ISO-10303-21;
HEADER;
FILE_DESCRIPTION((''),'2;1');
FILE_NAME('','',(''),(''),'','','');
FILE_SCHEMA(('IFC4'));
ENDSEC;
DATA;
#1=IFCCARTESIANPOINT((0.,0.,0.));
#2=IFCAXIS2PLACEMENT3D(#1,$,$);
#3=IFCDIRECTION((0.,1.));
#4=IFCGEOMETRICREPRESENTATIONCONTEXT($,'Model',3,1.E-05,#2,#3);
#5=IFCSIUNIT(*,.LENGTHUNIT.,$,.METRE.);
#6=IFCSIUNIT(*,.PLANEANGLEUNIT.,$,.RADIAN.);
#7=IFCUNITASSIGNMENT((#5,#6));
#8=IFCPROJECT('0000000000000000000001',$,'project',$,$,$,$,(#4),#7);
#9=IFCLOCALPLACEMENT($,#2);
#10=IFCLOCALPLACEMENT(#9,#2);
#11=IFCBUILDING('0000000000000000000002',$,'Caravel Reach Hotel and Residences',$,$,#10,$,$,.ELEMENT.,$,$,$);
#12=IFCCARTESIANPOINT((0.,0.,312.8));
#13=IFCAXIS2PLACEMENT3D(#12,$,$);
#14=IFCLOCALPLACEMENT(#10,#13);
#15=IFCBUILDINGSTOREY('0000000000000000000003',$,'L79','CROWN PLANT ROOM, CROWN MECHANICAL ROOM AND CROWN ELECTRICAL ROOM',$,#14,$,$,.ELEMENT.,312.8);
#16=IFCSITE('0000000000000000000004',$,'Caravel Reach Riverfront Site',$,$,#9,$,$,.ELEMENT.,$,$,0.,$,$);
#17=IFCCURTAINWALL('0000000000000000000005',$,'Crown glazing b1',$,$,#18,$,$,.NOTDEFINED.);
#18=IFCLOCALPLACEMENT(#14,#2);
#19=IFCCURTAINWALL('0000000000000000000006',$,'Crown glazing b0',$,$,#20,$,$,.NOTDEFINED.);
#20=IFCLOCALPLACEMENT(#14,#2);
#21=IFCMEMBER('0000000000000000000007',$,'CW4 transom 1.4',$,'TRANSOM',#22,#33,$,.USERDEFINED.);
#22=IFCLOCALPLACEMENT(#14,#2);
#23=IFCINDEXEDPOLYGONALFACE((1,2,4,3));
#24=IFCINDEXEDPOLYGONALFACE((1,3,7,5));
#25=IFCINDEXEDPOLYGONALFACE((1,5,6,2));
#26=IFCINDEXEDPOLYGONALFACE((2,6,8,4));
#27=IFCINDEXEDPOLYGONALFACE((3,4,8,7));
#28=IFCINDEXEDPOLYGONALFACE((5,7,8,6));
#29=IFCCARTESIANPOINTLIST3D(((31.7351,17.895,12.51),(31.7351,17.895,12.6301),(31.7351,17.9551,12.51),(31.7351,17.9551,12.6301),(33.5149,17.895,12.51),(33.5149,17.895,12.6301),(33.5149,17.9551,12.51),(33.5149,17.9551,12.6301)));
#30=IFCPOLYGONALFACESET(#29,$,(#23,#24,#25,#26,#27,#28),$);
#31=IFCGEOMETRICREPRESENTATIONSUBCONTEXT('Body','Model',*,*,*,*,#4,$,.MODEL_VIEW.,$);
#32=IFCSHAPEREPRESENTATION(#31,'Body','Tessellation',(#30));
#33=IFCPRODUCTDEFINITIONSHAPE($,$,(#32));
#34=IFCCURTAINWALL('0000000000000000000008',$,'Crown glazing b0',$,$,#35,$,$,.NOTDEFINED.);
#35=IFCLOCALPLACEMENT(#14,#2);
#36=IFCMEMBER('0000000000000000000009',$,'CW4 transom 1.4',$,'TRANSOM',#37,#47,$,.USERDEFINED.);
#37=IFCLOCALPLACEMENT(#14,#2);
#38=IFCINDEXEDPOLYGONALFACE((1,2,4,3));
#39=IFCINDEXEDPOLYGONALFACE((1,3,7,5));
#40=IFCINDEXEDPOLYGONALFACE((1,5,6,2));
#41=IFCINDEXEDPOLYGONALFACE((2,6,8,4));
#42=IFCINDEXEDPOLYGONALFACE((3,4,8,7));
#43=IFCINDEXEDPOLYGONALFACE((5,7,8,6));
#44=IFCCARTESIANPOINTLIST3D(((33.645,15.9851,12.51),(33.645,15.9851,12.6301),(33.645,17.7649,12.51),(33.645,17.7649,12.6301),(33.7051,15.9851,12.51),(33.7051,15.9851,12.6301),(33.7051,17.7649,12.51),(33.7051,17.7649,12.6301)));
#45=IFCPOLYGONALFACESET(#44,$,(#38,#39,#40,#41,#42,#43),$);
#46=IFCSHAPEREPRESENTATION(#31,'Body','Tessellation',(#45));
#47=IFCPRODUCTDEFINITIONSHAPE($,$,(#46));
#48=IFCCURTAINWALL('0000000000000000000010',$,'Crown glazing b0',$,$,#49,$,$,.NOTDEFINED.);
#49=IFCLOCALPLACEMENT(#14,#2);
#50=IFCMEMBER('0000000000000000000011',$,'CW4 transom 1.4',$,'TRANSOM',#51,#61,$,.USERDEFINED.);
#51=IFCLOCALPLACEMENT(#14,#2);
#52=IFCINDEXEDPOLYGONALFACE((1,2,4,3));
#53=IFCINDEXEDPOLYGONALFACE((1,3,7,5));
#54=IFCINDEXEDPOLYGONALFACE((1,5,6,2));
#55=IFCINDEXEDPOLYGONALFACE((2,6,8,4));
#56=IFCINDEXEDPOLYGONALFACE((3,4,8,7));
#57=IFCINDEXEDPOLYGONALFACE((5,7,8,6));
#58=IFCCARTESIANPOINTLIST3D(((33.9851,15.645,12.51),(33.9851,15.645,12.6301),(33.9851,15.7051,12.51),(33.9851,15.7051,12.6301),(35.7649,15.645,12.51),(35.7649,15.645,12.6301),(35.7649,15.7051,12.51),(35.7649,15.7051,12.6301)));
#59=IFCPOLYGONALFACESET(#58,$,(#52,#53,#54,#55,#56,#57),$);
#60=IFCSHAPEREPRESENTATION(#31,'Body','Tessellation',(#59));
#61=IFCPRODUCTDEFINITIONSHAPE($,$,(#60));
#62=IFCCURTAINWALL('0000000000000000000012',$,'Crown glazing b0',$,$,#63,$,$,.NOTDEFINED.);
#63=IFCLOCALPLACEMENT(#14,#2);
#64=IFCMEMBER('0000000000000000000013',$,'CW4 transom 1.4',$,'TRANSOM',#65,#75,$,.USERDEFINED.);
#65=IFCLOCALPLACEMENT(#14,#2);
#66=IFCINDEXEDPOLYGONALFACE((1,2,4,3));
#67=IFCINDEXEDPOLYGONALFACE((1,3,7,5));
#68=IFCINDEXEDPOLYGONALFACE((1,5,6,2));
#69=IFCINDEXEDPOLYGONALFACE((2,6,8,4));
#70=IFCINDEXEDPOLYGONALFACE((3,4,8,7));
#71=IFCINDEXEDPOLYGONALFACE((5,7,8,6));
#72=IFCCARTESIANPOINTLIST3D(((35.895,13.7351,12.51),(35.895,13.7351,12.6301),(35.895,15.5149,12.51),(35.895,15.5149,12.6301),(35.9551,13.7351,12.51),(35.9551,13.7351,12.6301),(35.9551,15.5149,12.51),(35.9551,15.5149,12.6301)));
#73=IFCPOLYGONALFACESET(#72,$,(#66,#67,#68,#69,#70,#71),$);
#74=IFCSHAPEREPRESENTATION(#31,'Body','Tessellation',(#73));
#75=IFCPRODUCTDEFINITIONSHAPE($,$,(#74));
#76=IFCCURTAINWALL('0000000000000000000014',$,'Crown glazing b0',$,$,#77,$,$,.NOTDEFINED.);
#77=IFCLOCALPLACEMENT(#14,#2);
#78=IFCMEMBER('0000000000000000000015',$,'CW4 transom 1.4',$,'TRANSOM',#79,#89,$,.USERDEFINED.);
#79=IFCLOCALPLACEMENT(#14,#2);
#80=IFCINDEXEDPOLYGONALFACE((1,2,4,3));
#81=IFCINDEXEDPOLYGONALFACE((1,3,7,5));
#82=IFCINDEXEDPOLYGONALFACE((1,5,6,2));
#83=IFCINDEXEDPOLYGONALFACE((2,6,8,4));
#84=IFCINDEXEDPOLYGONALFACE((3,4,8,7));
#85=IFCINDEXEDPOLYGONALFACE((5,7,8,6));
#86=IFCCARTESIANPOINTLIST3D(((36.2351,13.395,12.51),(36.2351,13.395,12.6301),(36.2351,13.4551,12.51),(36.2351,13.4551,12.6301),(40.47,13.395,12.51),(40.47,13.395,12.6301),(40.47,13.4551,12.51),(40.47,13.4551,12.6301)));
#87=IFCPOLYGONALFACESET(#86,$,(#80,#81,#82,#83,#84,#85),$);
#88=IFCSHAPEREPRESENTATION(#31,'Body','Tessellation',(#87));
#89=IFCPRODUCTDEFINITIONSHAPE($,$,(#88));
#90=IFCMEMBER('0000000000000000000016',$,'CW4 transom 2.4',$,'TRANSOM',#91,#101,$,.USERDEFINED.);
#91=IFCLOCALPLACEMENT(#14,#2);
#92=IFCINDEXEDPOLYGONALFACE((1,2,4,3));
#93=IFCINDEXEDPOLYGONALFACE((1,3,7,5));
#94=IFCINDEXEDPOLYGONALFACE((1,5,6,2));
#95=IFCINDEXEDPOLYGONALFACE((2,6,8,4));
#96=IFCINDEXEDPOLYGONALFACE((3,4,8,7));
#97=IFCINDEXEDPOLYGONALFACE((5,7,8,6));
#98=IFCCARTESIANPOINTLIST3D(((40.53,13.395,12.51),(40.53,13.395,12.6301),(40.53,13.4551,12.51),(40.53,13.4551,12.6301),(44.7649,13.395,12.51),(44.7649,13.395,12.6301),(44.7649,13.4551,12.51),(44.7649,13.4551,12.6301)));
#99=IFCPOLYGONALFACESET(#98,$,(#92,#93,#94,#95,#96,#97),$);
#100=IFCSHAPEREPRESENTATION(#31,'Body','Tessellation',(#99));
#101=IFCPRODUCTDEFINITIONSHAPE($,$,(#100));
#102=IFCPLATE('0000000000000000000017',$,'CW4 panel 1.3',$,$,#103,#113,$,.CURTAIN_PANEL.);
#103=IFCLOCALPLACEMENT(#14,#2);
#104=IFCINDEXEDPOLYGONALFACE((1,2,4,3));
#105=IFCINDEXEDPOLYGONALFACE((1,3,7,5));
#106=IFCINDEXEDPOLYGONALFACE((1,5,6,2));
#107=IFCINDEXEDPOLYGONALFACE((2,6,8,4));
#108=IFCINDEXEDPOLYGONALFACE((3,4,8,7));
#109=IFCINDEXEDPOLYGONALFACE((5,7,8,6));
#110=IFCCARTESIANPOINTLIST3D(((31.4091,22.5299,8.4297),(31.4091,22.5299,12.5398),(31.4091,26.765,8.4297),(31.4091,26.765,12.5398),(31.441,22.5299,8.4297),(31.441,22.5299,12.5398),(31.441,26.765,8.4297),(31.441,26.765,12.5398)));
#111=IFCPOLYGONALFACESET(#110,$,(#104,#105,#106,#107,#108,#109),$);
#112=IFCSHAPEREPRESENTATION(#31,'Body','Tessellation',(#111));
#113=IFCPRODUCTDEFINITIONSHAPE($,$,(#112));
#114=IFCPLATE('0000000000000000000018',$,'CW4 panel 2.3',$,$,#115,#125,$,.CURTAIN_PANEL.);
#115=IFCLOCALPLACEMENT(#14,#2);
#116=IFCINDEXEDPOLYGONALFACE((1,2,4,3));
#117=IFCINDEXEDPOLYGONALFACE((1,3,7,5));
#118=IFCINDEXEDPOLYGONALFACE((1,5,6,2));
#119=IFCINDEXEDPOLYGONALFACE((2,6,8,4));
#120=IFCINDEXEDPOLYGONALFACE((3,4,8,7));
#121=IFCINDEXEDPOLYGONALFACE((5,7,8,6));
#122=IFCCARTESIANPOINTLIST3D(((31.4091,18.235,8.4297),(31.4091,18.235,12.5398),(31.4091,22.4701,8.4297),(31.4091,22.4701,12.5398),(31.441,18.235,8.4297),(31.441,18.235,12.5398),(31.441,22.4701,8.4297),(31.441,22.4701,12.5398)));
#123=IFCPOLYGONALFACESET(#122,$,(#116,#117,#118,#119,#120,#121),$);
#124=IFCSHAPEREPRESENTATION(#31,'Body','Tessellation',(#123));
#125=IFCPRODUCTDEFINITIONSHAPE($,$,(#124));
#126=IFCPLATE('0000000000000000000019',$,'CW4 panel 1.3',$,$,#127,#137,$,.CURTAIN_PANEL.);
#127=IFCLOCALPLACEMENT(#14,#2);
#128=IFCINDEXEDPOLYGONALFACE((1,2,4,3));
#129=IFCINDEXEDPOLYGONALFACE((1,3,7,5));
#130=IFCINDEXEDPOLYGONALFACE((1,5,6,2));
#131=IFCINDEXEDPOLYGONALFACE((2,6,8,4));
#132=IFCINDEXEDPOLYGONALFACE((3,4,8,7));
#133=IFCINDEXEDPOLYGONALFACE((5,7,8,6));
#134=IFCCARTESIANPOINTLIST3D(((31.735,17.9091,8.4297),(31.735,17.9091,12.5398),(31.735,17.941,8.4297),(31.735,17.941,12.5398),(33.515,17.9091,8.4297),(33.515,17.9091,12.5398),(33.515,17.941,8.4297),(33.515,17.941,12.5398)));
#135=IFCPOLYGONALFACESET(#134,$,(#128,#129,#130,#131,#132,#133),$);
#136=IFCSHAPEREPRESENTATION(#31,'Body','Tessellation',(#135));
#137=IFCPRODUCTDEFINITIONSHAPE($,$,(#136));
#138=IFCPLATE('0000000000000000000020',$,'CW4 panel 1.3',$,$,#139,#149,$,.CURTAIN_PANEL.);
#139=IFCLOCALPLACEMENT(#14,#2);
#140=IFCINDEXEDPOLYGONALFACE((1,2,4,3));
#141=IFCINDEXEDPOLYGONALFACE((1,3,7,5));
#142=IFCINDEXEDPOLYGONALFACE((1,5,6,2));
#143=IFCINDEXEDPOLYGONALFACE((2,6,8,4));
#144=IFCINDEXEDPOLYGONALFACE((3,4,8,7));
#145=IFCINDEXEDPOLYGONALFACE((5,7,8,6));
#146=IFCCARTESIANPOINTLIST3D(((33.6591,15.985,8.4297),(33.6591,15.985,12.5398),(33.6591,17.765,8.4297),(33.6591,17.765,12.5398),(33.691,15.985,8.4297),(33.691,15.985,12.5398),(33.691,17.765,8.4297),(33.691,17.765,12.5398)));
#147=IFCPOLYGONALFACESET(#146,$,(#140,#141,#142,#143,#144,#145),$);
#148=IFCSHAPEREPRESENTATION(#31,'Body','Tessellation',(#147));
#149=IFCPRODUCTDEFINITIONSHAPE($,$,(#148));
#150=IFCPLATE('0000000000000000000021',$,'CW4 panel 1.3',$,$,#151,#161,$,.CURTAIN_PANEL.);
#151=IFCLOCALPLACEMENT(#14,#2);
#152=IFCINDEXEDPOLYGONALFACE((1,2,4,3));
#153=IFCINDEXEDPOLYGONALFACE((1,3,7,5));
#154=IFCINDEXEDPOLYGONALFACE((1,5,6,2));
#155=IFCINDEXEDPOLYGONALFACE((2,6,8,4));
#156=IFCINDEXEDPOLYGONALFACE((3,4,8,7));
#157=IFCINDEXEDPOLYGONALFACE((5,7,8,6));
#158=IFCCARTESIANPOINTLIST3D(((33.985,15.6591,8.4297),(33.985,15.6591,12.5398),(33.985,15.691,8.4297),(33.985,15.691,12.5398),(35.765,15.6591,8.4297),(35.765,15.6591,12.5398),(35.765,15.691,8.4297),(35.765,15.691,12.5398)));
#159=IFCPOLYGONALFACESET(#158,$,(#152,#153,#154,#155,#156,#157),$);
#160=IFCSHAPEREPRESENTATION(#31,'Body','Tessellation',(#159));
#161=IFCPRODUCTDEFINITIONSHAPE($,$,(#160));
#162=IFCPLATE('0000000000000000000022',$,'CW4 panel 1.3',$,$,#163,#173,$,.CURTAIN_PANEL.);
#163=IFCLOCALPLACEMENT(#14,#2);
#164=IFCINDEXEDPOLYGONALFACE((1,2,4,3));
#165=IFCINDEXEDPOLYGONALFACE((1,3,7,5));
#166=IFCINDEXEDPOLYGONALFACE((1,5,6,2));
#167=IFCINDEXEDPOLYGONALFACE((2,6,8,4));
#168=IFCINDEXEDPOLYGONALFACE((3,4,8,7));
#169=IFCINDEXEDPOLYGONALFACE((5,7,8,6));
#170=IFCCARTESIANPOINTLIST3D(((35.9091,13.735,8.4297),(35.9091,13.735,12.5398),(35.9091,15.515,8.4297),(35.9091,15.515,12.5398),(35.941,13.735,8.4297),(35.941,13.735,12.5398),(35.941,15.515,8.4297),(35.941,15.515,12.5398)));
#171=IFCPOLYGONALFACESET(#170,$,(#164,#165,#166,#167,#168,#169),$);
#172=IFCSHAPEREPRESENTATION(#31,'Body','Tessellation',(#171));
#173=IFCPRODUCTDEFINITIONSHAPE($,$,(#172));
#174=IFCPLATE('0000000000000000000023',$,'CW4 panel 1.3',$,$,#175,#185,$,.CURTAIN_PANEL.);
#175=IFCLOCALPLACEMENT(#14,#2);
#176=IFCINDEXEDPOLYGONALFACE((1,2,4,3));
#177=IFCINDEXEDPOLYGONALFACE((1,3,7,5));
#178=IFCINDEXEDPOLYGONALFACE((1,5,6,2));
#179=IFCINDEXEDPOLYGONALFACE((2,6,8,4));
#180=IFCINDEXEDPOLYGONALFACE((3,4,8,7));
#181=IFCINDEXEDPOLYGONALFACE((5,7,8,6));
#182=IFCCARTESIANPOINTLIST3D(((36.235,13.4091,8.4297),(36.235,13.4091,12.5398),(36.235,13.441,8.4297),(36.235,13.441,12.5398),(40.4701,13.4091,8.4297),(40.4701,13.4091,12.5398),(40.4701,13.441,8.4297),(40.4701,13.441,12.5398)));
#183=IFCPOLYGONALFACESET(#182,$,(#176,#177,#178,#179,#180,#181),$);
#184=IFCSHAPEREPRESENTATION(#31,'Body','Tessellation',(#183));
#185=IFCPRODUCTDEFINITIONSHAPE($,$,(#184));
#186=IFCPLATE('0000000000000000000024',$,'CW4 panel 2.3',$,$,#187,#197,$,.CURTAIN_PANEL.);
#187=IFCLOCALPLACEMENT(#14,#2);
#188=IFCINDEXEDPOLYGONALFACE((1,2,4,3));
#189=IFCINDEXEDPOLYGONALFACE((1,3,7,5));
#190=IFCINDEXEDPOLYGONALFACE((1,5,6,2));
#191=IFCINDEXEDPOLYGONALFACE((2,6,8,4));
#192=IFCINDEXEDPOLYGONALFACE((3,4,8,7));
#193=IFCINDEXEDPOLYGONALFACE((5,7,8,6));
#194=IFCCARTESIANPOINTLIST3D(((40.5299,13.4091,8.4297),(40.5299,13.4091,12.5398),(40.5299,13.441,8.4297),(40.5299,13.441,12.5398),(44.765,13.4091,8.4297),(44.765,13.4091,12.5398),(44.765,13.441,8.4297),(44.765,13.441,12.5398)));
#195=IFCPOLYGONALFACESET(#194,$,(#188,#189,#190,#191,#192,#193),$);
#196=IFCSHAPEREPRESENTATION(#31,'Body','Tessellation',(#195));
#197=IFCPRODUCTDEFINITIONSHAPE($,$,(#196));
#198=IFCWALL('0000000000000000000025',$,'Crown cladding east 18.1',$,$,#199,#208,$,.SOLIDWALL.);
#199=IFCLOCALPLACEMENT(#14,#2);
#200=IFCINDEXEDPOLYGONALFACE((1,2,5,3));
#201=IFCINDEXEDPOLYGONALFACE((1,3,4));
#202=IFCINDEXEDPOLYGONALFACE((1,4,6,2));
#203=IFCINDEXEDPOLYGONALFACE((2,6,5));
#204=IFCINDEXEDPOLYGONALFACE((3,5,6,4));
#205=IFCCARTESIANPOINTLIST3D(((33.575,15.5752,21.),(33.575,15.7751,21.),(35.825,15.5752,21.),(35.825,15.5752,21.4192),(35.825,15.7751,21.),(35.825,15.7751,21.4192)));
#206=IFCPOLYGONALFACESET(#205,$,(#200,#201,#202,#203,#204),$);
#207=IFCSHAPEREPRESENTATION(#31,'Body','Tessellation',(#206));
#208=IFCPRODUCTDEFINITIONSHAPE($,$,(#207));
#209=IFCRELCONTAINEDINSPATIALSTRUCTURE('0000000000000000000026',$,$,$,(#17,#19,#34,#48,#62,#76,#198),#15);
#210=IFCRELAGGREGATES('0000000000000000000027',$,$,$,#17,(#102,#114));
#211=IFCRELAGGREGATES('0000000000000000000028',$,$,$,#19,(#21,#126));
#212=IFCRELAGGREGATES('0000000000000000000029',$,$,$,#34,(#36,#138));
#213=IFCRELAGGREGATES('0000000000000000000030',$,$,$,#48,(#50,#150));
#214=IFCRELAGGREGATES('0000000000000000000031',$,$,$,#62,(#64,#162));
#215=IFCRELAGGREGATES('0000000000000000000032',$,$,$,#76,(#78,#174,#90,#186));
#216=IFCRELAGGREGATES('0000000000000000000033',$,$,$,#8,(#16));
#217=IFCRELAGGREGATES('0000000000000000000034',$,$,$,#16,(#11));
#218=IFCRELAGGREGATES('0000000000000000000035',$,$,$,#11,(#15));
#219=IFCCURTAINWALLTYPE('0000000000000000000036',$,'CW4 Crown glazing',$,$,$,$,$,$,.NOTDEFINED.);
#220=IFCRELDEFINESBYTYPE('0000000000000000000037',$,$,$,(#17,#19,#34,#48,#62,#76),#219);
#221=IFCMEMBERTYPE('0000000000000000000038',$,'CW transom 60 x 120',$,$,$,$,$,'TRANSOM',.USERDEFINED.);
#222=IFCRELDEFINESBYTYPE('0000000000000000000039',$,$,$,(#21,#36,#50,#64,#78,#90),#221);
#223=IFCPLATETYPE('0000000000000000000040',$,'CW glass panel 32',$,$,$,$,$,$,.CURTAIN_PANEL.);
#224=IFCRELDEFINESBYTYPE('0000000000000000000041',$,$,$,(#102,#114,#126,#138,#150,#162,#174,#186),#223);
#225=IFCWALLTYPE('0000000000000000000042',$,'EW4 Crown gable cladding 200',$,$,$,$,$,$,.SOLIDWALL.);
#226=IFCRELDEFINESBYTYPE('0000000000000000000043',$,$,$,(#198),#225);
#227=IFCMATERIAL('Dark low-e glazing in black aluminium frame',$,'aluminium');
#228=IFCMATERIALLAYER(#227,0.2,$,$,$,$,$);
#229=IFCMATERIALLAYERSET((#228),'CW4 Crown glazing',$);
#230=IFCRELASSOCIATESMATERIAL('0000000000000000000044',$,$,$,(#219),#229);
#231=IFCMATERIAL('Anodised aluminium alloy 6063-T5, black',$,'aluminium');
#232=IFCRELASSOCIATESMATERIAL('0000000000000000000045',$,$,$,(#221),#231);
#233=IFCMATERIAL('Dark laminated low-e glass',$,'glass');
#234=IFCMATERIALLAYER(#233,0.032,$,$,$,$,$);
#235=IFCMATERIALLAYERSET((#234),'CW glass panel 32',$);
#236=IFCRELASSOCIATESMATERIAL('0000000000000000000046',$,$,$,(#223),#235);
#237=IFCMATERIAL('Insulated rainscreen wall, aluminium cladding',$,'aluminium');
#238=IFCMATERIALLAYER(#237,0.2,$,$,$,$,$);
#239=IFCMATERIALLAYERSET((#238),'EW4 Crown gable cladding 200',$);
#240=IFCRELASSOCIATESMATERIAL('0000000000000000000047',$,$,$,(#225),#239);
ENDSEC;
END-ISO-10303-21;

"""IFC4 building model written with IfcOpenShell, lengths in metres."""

from ifc_helpers import new_model, si_unit, direction, frame, origin, origin_2d, place, context, subcontext, project, spatial, polyline, rectangle, outline, extrude, material, layer, layer_set, material_profile, profile_set, type_object, element, aggregate, save


model = new_model("IFC4")

# Units and contexts
model_context = context("Model", 3, precision=1e-05, world=origin(), true_north=direction((0.0, 1.0)))
body_context = subcontext(model_context, "Body", "Model", "MODEL_VIEW")
ifc_project = project(units=[si_unit("LENGTHUNIT", "METRE"), si_unit("PLANEANGLEUNIT", "RADIAN")], contexts=[model_context])

# Site, building, storey
site_placement = place(None, origin())
site = spatial("IfcSite", under=ifc_project, at=site_placement, Name="Caravel Reach Riverfront Site", CompositionType="ELEMENT", RefElevation=0.0)
building_placement = place(site_placement, origin())
building = spatial("IfcBuilding", under=site, at=building_placement, Name="Caravel Reach Hotel and Residences", CompositionType="ELEMENT")
storey_placement = place(building_placement, frame((0.0, 0.0, 312.8)))
storey = spatial("IfcBuildingStorey", under=building, at=storey_placement, Name="L79", Description="CROWN PLANT ROOM, CROWN MECHANICAL ROOM AND CROWN ELECTRICAL ROOM", CompositionType="ELEMENT", Elevation=312.8)

# Curtain walls, members
ifc_material_1 = material(Name="Dark low-e glazing in black aluminium frame", Category="aluminium")
ifc_layer_1 = layer(ifc_material_1, 0.2)
ifc_layer_set_1 = layer_set([ifc_layer_1], Name="CW4 Crown glazing")
curtain_wall_type = type_object("IfcCurtainWallType", Name="CW4 Crown glazing", PredefinedType="NOTDEFINED", material=ifc_layer_set_1)
curtain_wall_1_placement = place(storey_placement, origin())
curtain_wall_1 = element("IfcCurtainWall", 1, at=curtain_wall_1_placement, inside=storey, type_object=curtain_wall_type, Name="Crown glazing b1", PredefinedType="NOTDEFINED")
ifc_material_2 = material(Name="Anodised aluminium alloy 6063-T5, black", Category="aluminium")
ifc_material_profile_1 = material_profile(ifc_material_2, rectangle(XDim=0.0601, YDim=0.1201, at=origin_2d()), Name="CW transom 60 x 120")
ifc_profile_set_1 = profile_set([ifc_material_profile_1], Name="Anodised aluminium alloy 6063-T5, black")
member_type = type_object("IfcMemberType", Name="CW transom 60 x 120", ElementType="TRANSOM", PredefinedType="USERDEFINED", material=ifc_profile_set_1)
curtain_wall_2_placement = place(storey_placement, origin())
curtain_wall_2 = element("IfcCurtainWall", 2, at=curtain_wall_2_placement, inside=storey, type_object=curtain_wall_type, Name="Crown glazing b0", PredefinedType="NOTDEFINED")
member_1_placement = place(storey_placement, frame((31.7351, 17.925, 12.5701), z_axis=(1.0, 0.0, 0.0), x_axis=(0.0, 1.0, 0.0)))
member_1 = element("IfcMember", 3, at=member_1_placement, type_object=member_type, Name="CW4 transom 1.4", ObjectType="TRANSOM", PredefinedType="USERDEFINED", context=body_context, shape_type="SweptSolid", body=[
    extrude(rectangle(XDim=0.0601, YDim=0.1201, at=origin_2d()), origin(), (0.0, 0.0, 1.0), 1.7798),
])
curtain_wall_3_placement = place(storey_placement, origin())
curtain_wall_3 = element("IfcCurtainWall", 4, at=curtain_wall_3_placement, inside=storey, type_object=curtain_wall_type, Name="Crown glazing b0", PredefinedType="NOTDEFINED")
member_2_placement = place(storey_placement, frame((33.675, 17.7649, 12.5701), z_axis=(0.0, -1.0, 0.0), x_axis=(1.0, 0.0, 0.0)))
member_2 = element("IfcMember", 5, at=member_2_placement, type_object=member_type, Name="CW4 transom 1.4", ObjectType="TRANSOM", PredefinedType="USERDEFINED", context=body_context, shape_type="SweptSolid", body=[
    extrude(rectangle(XDim=0.0601, YDim=0.1201, at=origin_2d()), origin(), (0.0, 0.0, 1.0), 1.7798),
])
curtain_wall_4_placement = place(storey_placement, origin())
curtain_wall_4 = element("IfcCurtainWall", 6, at=curtain_wall_4_placement, inside=storey, type_object=curtain_wall_type, Name="Crown glazing b0", PredefinedType="NOTDEFINED")
member_3_placement = place(storey_placement, frame((33.9851, 15.675, 12.5701), z_axis=(1.0, 0.0, 0.0), x_axis=(0.0, 1.0, 0.0)))
member_3 = element("IfcMember", 7, at=member_3_placement, type_object=member_type, Name="CW4 transom 1.4", ObjectType="TRANSOM", PredefinedType="USERDEFINED", context=body_context, shape_type="SweptSolid", body=[
    extrude(rectangle(XDim=0.0601, YDim=0.1201, at=origin_2d()), origin(), (0.0, 0.0, 1.0), 1.7798),
])
curtain_wall_5_placement = place(storey_placement, origin())
curtain_wall_5 = element("IfcCurtainWall", 8, at=curtain_wall_5_placement, inside=storey, type_object=curtain_wall_type, Name="Crown glazing b0", PredefinedType="NOTDEFINED")
member_4_placement = place(storey_placement, frame((35.925, 15.5149, 12.5701), z_axis=(0.0, -1.0, 0.0), x_axis=(1.0, 0.0, 0.0)))
member_4 = element("IfcMember", 9, at=member_4_placement, type_object=member_type, Name="CW4 transom 1.4", ObjectType="TRANSOM", PredefinedType="USERDEFINED", context=body_context, shape_type="SweptSolid", body=[
    extrude(rectangle(XDim=0.0601, YDim=0.1201, at=origin_2d()), origin(), (0.0, 0.0, 1.0), 1.7798),
])

# Curtain wall, members
curtain_wall_6_placement = place(storey_placement, origin())
curtain_wall_6 = element("IfcCurtainWall", 10, at=curtain_wall_6_placement, inside=storey, type_object=curtain_wall_type, Name="Crown glazing b0", PredefinedType="NOTDEFINED")
member_5_placement = place(storey_placement, frame((36.2351, 13.425, 12.5701), z_axis=(1.0, 0.0, 0.0), x_axis=(0.0, 1.0, 0.0)))
member_5 = element("IfcMember", 11, at=member_5_placement, type_object=member_type, Name="CW4 transom 1.4", ObjectType="TRANSOM", PredefinedType="USERDEFINED", context=body_context, shape_type="SweptSolid", body=[
    extrude(rectangle(XDim=0.0601, YDim=0.1201, at=origin_2d()), origin(), (0.0, 0.0, 1.0), 4.2349),
])
member_6_placement = place(storey_placement, frame((40.53, 13.425, 12.5701), z_axis=(1.0, 0.0, 0.0), x_axis=(0.0, 1.0, 0.0)))
member_6 = element("IfcMember", 12, at=member_6_placement, type_object=member_type, Name="CW4 transom 2.4", ObjectType="TRANSOM", PredefinedType="USERDEFINED", context=body_context, shape_type="SweptSolid", body=[
    extrude(rectangle(XDim=0.0601, YDim=0.1201, at=origin_2d()), origin(), (0.0, 0.0, 1.0), 4.2349),
])

# Plates
ifc_material_3 = material(Name="Dark laminated low-e glass", Category="glass")
ifc_layer_2 = layer(ifc_material_3, 0.032)
ifc_layer_set_2 = layer_set([ifc_layer_2], Name="CW glass panel 32")
plate_type = type_object("IfcPlateType", Name="CW glass panel 32", PredefinedType="CURTAIN_PANEL", material=ifc_layer_set_2)
plate_1_placement = place(storey_placement, frame((31.425, 24.6475, 8.4297), z_axis=(0.0, 0.0, 1.0), x_axis=(0.0, -1.0, 0.0)))
plate_1 = element("IfcPlate", 13, at=plate_1_placement, type_object=plate_type, Name="CW4 panel 1.3", PredefinedType="CURTAIN_PANEL", context=body_context, shape_type="SweptSolid", body=[
    extrude(rectangle(XDim=4.2351, YDim=0.032, at=origin_2d()), origin(), (0.0, 0.0, 1.0), 4.1101),
])
plate_2_placement = place(storey_placement, frame((31.425, 20.3525, 8.4297), z_axis=(0.0, 0.0, 1.0), x_axis=(0.0, -1.0, 0.0)))
plate_2 = element("IfcPlate", 14, at=plate_2_placement, type_object=plate_type, Name="CW4 panel 2.3", PredefinedType="CURTAIN_PANEL", context=body_context, shape_type="SweptSolid", body=[
    extrude(rectangle(XDim=4.2351, YDim=0.032, at=origin_2d()), origin(), (0.0, 0.0, 1.0), 4.1101),
])
aggregate(curtain_wall_1, [plate_1, plate_2])
plate_3_placement = place(storey_placement, frame((32.625, 17.925, 8.4297), z_axis=(0.0, 0.0, 1.0), x_axis=(1.0, 0.0, 0.0)))
plate_3 = element("IfcPlate", 15, at=plate_3_placement, type_object=plate_type, Name="CW4 panel 1.3", PredefinedType="CURTAIN_PANEL", context=body_context, shape_type="SweptSolid", body=[
    extrude(rectangle(XDim=1.78, YDim=0.032, at=origin_2d()), origin(), (0.0, 0.0, 1.0), 4.1101),
])
aggregate(curtain_wall_2, [member_1, plate_3])
plate_4_placement = place(storey_placement, frame((33.675, 16.875, 8.4297), z_axis=(0.0, 0.0, 1.0), x_axis=(0.0, -1.0, 0.0)))
plate_4 = element("IfcPlate", 16, at=plate_4_placement, type_object=plate_type, Name="CW4 panel 1.3", PredefinedType="CURTAIN_PANEL", context=body_context, shape_type="SweptSolid", body=[
    extrude(rectangle(XDim=1.78, YDim=0.032, at=origin_2d()), origin(), (0.0, 0.0, 1.0), 4.1101),
])
aggregate(curtain_wall_3, [member_2, plate_4])
plate_5_placement = place(storey_placement, frame((34.875, 15.675, 8.4297), z_axis=(0.0, 0.0, 1.0), x_axis=(1.0, 0.0, 0.0)))
plate_5 = element("IfcPlate", 17, at=plate_5_placement, type_object=plate_type, Name="CW4 panel 1.3", PredefinedType="CURTAIN_PANEL", context=body_context, shape_type="SweptSolid", body=[
    extrude(rectangle(XDim=1.78, YDim=0.032, at=origin_2d()), origin(), (0.0, 0.0, 1.0), 4.1101),
])
aggregate(curtain_wall_4, [member_3, plate_5])
plate_6_placement = place(storey_placement, frame((35.925, 14.625, 8.4297), z_axis=(0.0, 0.0, 1.0), x_axis=(0.0, -1.0, 0.0)))
plate_6 = element("IfcPlate", 18, at=plate_6_placement, type_object=plate_type, Name="CW4 panel 1.3", PredefinedType="CURTAIN_PANEL", context=body_context, shape_type="SweptSolid", body=[
    extrude(rectangle(XDim=1.78, YDim=0.032, at=origin_2d()), origin(), (0.0, 0.0, 1.0), 4.1101),
])
aggregate(curtain_wall_5, [member_4, plate_6])
plate_7_placement = place(storey_placement, frame((38.3525, 13.425, 8.4297), z_axis=(0.0, 0.0, 1.0), x_axis=(1.0, 0.0, 0.0)))
plate_7 = element("IfcPlate", 19, at=plate_7_placement, type_object=plate_type, Name="CW4 panel 1.3", PredefinedType="CURTAIN_PANEL", context=body_context, shape_type="SweptSolid", body=[
    extrude(rectangle(XDim=4.2351, YDim=0.032, at=origin_2d()), origin(), (0.0, 0.0, 1.0), 4.1101),
])
plate_8_placement = place(storey_placement, frame((42.6475, 13.425, 8.4297), z_axis=(0.0, 0.0, 1.0), x_axis=(1.0, 0.0, 0.0)))
plate_8 = element("IfcPlate", 20, at=plate_8_placement, type_object=plate_type, Name="CW4 panel 2.3", PredefinedType="CURTAIN_PANEL", context=body_context, shape_type="SweptSolid", body=[
    extrude(rectangle(XDim=4.2351, YDim=0.032, at=origin_2d()), origin(), (0.0, 0.0, 1.0), 4.1101),
])
aggregate(curtain_wall_6, [member_5, plate_7, member_6, plate_8])

# Wall
ifc_material_4 = material(Name="Insulated rainscreen wall, aluminium cladding", Category="aluminium")
ifc_layer_3 = layer(ifc_material_4, 0.2)
ifc_layer_set_3 = layer_set([ifc_layer_3], Name="EW4 Crown gable cladding 200")
wall_type = type_object("IfcWallType", Name="EW4 Crown gable cladding 200", PredefinedType="SOLIDWALL", material=ifc_layer_set_3)
wall_1_placement = place(storey_placement, frame((33.575, 15.675, 21.0), z_axis=(0.0, 0.0, 1.0), x_axis=(1.0, 0.0, 0.0)))
element("IfcWall", 21, at=wall_1_placement, inside=storey, type_object=wall_type, Name="Crown cladding east 18.1", PredefinedType="SOLIDWALL", context=body_context, shape_type="SweptSolid", body=[
    extrude(outline(polyline([(0.0, 0.0), (2.25, 0.0), (2.25, 0.4192), (0.0, 0.0)])), frame((0.0, 0.1001, 0.0), z_axis=(0.0, -1.0, 0.0), x_axis=(1.0, 0.0, 0.0)), (0.0, 0.0, 1.0), 0.2),
])

save(model, "model.ifc")
